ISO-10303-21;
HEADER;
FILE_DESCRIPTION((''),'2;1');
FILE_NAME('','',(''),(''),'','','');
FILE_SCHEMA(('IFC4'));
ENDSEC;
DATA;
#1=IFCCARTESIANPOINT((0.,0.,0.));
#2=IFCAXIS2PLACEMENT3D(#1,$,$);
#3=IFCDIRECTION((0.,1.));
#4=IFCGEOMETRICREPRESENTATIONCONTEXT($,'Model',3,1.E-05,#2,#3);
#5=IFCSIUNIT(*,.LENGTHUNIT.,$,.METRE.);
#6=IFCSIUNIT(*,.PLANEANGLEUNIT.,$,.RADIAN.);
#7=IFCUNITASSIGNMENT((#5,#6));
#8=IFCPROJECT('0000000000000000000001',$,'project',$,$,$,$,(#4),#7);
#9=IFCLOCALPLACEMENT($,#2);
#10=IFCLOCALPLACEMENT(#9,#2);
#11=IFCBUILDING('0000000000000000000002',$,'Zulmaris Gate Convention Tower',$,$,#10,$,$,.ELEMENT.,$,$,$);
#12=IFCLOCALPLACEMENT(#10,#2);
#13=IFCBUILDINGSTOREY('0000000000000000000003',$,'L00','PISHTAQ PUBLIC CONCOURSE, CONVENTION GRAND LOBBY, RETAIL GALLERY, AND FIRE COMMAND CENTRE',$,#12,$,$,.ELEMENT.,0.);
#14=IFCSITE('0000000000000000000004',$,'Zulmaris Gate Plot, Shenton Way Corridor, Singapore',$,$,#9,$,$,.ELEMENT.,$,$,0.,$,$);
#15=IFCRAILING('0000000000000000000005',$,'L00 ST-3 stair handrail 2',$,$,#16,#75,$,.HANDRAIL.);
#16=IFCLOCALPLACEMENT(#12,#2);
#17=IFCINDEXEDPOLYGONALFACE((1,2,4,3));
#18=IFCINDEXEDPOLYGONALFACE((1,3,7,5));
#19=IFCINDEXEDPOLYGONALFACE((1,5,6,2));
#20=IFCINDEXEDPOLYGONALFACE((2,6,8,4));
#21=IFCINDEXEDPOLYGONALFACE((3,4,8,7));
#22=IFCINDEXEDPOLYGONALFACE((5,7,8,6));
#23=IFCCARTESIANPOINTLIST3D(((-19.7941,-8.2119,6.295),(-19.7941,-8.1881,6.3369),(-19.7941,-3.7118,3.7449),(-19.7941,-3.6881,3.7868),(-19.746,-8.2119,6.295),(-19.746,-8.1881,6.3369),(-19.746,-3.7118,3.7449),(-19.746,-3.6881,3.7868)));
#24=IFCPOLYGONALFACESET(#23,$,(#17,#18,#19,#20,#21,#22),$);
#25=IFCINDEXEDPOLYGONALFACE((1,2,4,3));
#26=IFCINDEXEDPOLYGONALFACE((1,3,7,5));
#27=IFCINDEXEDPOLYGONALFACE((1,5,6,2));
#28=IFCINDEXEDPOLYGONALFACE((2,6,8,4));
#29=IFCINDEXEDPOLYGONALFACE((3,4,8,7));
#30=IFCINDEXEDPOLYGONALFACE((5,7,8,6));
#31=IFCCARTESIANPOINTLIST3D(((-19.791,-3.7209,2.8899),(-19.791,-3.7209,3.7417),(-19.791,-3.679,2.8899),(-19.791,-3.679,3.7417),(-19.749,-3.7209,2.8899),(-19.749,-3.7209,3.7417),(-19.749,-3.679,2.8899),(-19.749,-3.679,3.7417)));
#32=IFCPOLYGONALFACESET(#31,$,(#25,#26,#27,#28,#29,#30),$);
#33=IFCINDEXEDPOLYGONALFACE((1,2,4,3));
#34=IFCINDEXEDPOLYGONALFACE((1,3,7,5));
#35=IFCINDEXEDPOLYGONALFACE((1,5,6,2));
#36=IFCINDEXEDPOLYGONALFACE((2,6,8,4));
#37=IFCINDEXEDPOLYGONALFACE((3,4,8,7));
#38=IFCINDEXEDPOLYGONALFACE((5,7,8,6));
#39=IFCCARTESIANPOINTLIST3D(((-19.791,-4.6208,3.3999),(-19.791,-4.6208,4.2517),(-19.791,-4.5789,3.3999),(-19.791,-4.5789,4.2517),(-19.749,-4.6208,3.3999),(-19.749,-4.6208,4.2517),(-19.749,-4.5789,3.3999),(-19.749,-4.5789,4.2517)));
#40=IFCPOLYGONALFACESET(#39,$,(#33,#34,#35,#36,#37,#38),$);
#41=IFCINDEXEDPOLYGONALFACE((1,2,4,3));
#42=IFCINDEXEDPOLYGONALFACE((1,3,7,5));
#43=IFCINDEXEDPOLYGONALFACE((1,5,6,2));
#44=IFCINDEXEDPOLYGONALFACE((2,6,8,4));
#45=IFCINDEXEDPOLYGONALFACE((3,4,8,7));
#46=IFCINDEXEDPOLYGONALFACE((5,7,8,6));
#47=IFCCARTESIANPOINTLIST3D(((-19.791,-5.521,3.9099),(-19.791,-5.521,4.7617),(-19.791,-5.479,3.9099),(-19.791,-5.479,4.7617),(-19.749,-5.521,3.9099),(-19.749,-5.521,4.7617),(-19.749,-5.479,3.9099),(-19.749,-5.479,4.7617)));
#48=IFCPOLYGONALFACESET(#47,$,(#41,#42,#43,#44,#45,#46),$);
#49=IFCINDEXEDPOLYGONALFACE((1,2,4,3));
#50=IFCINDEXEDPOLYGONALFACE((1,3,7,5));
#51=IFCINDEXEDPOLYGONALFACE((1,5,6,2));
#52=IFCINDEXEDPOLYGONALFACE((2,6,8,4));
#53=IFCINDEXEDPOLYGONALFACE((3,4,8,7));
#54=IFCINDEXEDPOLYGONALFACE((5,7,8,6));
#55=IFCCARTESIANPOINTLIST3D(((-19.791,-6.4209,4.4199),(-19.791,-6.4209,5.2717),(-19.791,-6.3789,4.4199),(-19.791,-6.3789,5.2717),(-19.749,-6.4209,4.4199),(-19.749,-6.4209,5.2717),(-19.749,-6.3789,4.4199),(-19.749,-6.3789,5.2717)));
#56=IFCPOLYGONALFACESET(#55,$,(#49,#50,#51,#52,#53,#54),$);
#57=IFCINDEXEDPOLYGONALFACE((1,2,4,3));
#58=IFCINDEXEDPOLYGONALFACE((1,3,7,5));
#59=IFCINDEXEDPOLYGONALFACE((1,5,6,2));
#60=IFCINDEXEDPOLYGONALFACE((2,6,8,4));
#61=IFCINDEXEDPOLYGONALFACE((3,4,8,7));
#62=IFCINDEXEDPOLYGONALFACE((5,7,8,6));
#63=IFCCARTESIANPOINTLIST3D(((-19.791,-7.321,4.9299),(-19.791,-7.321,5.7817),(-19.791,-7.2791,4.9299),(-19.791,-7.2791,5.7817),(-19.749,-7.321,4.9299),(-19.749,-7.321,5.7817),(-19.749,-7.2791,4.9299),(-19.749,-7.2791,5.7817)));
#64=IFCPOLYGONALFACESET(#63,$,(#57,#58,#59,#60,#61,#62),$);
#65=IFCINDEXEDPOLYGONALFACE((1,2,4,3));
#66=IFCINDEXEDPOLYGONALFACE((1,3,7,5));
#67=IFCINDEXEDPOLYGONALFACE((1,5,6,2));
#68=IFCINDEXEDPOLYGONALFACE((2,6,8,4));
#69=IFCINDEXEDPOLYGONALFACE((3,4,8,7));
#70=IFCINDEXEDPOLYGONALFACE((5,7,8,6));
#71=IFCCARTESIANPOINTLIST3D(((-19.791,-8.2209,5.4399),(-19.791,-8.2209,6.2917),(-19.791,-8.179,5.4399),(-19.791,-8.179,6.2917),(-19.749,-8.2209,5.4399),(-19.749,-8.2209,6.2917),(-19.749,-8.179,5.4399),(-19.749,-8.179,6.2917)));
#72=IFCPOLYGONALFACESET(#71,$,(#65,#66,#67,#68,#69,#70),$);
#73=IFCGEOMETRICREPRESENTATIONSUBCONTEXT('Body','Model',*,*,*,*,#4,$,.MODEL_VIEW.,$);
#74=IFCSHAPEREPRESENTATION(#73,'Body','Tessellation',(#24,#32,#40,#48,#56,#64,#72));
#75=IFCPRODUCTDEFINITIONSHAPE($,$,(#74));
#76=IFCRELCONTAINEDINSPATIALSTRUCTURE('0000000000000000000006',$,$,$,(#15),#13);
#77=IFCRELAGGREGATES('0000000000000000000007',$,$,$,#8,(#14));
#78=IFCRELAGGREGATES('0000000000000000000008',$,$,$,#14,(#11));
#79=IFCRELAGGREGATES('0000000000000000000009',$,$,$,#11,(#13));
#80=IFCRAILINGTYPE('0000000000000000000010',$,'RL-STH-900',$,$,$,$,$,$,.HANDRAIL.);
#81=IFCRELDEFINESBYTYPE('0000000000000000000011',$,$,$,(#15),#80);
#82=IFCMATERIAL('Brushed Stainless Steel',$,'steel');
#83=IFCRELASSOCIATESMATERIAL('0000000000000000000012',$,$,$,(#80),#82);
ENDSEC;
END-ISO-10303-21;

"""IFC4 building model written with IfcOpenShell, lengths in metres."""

from ifc_helpers import new_model, si_unit, direction, frame, origin, origin_2d, place, context, subcontext, project, spatial, rectangle, extrude, material, type_object, element, save


model = new_model("IFC4")

# Units and contexts
model_context = context("Model", 3, precision=1e-05, world=origin(), true_north=direction((0.0, 1.0)))
body_context = subcontext(model_context, "Body", "Model", "MODEL_VIEW")
ifc_project = project(units=[si_unit("LENGTHUNIT", "METRE"), si_unit("PLANEANGLEUNIT", "RADIAN")], contexts=[model_context])

# Site, building, storey
site_placement = place(None, origin())
site = spatial("IfcSite", under=ifc_project, at=site_placement, Name="Zulmaris Gate Plot, Shenton Way Corridor, Singapore", CompositionType="ELEMENT", RefElevation=0.0)
building_placement = place(site_placement, origin())
building = spatial("IfcBuilding", under=site, at=building_placement, Name="Zulmaris Gate Convention Tower", CompositionType="ELEMENT")
storey_placement = place(building_placement, origin())
storey = spatial("IfcBuildingStorey", under=building, at=storey_placement, Name="L00", Description="PISHTAQ PUBLIC CONCOURSE, CONVENTION GRAND LOBBY, RETAIL GALLERY, AND FIRE COMMAND CENTRE", CompositionType="ELEMENT", Elevation=0.0)

# Shared definitions
ifc_material_1 = material(Name="Brushed Stainless Steel", Category="steel")

# Railing
railing_type_1 = type_object("IfcRailingType", Name="RL-STH-900", PredefinedType="HANDRAIL", material=ifc_material_1)
railing_1_placement = place(storey_placement, frame((-19.77, -3.7, 2.8899)))
element("IfcRailing", 1, at=railing_1_placement, inside=storey, type_object=railing_type_1, Name="L00 ST-3 stair handrail 2", PredefinedType="HANDRAIL", context=body_context, shape_type="SweptSolid", body=[
    extrude(rectangle(XDim=0.0481, YDim=0.0481, at=origin_2d()), frame((0.0, 0.0, 0.876), z_axis=(0.0, -0.870018, 0.49302), x_axis=(1.0, 0.0, 0.0)), (0.0, 0.0, 1.0), 5.1724),
    extrude(rectangle(XDim=0.042, YDim=0.042, at=origin_2d()), origin(), (0.0, 0.0, 1.0), 0.8518),
    extrude(rectangle(XDim=0.042, YDim=0.042, at=origin_2d()), frame((0.0, -0.8999, 0.51)), (0.0, 0.0, 1.0), 0.8518),
    extrude(rectangle(XDim=0.042, YDim=0.042, at=origin_2d()), frame((0.0, -1.8, 1.02)), (0.0, 0.0, 1.0), 0.8518),
    extrude(rectangle(XDim=0.042, YDim=0.042, at=origin_2d()), frame((0.0, -2.7, 1.53)), (0.0, 0.0, 1.0), 0.8518),
    extrude(rectangle(XDim=0.042, YDim=0.042, at=origin_2d()), frame((0.0, -3.6001, 2.04)), (0.0, 0.0, 1.0), 0.8518),
    extrude(rectangle(XDim=0.042, YDim=0.042, at=origin_2d()), frame((0.0, -4.5, 2.55)), (0.0, 0.0, 1.0), 0.8518),
])

save(model, "model.ifc")
